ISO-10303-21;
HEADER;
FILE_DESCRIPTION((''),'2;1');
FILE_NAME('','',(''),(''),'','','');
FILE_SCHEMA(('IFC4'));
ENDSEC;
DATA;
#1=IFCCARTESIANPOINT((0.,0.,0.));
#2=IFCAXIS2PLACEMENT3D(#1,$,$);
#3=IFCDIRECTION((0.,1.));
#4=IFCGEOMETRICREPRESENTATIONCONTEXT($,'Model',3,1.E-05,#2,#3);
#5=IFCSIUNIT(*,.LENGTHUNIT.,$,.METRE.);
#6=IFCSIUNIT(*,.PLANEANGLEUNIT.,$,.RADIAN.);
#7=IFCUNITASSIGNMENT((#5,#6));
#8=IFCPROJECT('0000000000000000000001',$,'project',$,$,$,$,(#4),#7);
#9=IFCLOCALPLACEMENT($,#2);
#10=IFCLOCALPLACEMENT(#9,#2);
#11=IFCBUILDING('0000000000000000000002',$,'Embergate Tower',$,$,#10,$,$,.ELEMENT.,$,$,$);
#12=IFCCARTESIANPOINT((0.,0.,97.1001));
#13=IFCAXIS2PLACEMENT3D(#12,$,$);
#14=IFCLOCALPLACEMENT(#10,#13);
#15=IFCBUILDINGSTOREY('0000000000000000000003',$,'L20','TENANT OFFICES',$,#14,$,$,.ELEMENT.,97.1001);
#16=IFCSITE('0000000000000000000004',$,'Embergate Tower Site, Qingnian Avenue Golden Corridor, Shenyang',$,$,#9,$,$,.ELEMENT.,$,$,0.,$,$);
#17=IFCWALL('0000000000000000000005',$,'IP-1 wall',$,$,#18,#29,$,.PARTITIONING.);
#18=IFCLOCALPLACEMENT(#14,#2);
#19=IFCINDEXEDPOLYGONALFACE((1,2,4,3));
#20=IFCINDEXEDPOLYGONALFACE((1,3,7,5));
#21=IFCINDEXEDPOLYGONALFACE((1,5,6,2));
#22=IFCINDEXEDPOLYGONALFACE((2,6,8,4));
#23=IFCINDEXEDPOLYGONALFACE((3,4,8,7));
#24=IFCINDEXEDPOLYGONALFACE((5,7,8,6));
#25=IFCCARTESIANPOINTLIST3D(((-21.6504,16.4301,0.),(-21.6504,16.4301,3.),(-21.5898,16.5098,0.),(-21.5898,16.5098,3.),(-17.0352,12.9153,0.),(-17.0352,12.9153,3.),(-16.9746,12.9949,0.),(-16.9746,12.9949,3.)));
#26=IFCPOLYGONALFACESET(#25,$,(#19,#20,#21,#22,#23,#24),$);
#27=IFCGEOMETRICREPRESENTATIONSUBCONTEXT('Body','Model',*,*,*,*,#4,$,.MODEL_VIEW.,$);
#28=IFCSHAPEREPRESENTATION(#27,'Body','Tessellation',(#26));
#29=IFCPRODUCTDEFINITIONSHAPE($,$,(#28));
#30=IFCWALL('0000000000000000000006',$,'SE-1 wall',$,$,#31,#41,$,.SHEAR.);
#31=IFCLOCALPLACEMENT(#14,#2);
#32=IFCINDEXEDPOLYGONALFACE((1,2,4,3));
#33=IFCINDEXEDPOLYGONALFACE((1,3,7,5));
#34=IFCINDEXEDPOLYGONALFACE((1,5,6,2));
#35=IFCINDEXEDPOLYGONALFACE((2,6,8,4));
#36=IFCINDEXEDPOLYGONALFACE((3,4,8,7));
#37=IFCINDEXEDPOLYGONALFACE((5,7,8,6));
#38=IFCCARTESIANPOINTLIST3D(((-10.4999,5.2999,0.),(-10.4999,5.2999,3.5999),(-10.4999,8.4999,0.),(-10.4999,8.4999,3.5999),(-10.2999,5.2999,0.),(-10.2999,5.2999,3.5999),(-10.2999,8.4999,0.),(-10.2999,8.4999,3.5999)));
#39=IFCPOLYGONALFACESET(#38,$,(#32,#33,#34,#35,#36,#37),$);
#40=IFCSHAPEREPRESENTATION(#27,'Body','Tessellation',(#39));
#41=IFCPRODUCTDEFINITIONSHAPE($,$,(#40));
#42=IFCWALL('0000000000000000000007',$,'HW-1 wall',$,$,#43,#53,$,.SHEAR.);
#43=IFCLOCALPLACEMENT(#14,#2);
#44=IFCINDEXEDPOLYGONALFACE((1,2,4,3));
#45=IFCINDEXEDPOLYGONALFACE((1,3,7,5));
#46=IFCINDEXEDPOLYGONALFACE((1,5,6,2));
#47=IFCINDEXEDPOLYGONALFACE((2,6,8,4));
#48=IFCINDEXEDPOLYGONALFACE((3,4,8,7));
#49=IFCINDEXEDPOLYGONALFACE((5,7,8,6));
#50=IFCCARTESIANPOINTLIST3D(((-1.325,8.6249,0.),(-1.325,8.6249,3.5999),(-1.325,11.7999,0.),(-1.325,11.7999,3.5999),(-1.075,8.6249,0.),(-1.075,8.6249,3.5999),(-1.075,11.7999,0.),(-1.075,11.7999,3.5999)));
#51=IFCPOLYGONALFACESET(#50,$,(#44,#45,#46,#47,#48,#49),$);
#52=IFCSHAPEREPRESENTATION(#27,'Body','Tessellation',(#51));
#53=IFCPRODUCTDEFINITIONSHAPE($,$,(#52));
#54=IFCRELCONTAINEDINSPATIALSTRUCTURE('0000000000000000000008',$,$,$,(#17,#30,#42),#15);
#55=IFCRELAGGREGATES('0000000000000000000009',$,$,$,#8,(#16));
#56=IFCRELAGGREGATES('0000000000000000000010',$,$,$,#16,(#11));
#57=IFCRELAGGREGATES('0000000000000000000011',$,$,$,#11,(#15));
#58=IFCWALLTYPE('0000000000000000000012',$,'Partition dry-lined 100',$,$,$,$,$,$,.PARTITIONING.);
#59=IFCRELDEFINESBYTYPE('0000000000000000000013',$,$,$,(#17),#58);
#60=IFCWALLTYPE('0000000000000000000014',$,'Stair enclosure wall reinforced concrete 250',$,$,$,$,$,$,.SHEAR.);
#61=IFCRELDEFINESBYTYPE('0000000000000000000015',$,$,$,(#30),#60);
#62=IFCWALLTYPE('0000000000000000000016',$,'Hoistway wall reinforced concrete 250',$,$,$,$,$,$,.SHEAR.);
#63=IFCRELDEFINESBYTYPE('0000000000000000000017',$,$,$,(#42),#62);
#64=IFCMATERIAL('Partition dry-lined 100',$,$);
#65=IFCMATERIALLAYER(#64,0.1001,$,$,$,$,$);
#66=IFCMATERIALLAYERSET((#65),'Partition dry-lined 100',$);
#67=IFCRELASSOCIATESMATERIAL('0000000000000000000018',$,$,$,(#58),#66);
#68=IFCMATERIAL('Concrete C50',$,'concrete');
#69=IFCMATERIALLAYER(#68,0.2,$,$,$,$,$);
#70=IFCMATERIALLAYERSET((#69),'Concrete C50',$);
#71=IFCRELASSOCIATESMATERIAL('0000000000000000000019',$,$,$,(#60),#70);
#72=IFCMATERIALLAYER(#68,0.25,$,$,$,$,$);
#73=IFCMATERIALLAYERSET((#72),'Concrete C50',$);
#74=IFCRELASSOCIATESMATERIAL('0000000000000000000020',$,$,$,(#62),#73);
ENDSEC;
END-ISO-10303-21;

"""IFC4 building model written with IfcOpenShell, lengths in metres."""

from ifc_helpers import new_model, si_unit, direction, frame, frame_2d, origin, place, context, subcontext, project, spatial, rectangle, extrude, source, transform, mapped, material, layer, layer_set, type_object, element, save


model = new_model("IFC4")

# Units and contexts
model_context = context("Model", 3, precision=1e-05, world=origin(), true_north=direction((0.0, 1.0)))
body_context = subcontext(model_context, "Body", "Model", "MODEL_VIEW")
ifc_project = project(units=[si_unit("LENGTHUNIT", "METRE"), si_unit("PLANEANGLEUNIT", "RADIAN")], contexts=[model_context])

# Site, building, storey
site_placement = place(None, origin())
site = spatial("IfcSite", under=ifc_project, at=site_placement, Name="Embergate Tower Site, Qingnian Avenue Golden Corridor, Shenyang", CompositionType="ELEMENT", RefElevation=0.0)
building_placement = place(site_placement, origin())
building = spatial("IfcBuilding", under=site, at=building_placement, Name="Embergate Tower", CompositionType="ELEMENT")
storey_placement = place(building_placement, frame((0.0, 0.0, 97.1001)))
storey = spatial("IfcBuildingStorey", under=building, at=storey_placement, Name="L20", Description="TENANT OFFICES", CompositionType="ELEMENT", Elevation=97.1001)

# Walls
ifc_material_1 = material(Name="Partition dry-lined 100")
ifc_layer_1 = layer(ifc_material_1, 0.1001)
ifc_layer_set_1 = layer_set([ifc_layer_1], Name="Partition dry-lined 100")
wall_type_1 = type_object("IfcWallType", Name="Partition dry-lined 100", PredefinedType="PARTITIONING", material=ifc_layer_set_1)
shared_shape_1 = source(origin(), body_context, "Body", "SweptSolid", [
    extrude(rectangle(XDim=5.8013, YDim=0.1001, at=frame_2d((2.9006, 0.0))), origin(), (0.0, 0.0, 1.0), 3.0),
])
wall_1_placement = place(storey_placement, frame((-17.0049, 12.9551, 0.0), z_axis=(0.0, 0.0, 1.0), x_axis=(-0.795554, 0.605882, 0.0)))
element("IfcWall", 1, at=wall_1_placement, inside=storey, type_object=wall_type_1, Name="IP-1 wall", PredefinedType="PARTITIONING", context=body_context, shape_type="MappedRepresentation", body=[
    mapped(shared_shape_1, transform((0.0, 0.0, 0.0))),
])
ifc_material_2 = material(Name="Concrete C50", Category="concrete")
ifc_layer_2 = layer(ifc_material_2, 0.2)
ifc_layer_set_2 = layer_set([ifc_layer_2], Name="Concrete C50")
wall_type_2 = type_object("IfcWallType", Name="Stair enclosure wall reinforced concrete 250", PredefinedType="SHEAR", material=ifc_layer_set_2)
shared_shape_2 = source(origin(), body_context, "Body", "SweptSolid", [
    extrude(rectangle(XDim=3.2, YDim=0.2, at=frame_2d((1.6001, 0.0))), origin(), (0.0, 0.0, 1.0), 3.5999),
])
wall_2_placement = place(storey_placement, frame((-10.3999, 8.5, 0.0), z_axis=(0.0, 0.0, 1.0), x_axis=(0.0, -1.0, 0.0)))
element("IfcWall", 2, at=wall_2_placement, inside=storey, type_object=wall_type_2, Name="SE-1 wall", PredefinedType="SHEAR", context=body_context, shape_type="MappedRepresentation", body=[
    mapped(shared_shape_2, transform((0.0, 0.0, 0.0))),
])
ifc_layer_3 = layer(ifc_material_2, 0.25)
ifc_layer_set_3 = layer_set([ifc_layer_3], Name="Concrete C50")
wall_type_3 = type_object("IfcWallType", Name="Hoistway wall reinforced concrete 250", PredefinedType="SHEAR", material=ifc_layer_set_3)
shared_shape_3 = source(origin(), body_context, "Body", "SweptSolid", [
    extrude(rectangle(XDim=3.175, YDim=0.25, at=frame_2d((1.5874, 0.0))), origin(), (0.0, 0.0, 1.0), 3.5999),
])
wall_3_placement = place(storey_placement, frame((-1.2, 8.625, 0.0), z_axis=(0.0, 0.0, 1.0), x_axis=(0.0, 1.0, 0.0)))
element("IfcWall", 3, at=wall_3_placement, inside=storey, type_object=wall_type_3, Name="HW-1 wall", PredefinedType="SHEAR", context=body_context, shape_type="MappedRepresentation", body=[
    mapped(shared_shape_3, transform((0.0, 0.0, 0.0))),
])

save(model, "model.ifc")
